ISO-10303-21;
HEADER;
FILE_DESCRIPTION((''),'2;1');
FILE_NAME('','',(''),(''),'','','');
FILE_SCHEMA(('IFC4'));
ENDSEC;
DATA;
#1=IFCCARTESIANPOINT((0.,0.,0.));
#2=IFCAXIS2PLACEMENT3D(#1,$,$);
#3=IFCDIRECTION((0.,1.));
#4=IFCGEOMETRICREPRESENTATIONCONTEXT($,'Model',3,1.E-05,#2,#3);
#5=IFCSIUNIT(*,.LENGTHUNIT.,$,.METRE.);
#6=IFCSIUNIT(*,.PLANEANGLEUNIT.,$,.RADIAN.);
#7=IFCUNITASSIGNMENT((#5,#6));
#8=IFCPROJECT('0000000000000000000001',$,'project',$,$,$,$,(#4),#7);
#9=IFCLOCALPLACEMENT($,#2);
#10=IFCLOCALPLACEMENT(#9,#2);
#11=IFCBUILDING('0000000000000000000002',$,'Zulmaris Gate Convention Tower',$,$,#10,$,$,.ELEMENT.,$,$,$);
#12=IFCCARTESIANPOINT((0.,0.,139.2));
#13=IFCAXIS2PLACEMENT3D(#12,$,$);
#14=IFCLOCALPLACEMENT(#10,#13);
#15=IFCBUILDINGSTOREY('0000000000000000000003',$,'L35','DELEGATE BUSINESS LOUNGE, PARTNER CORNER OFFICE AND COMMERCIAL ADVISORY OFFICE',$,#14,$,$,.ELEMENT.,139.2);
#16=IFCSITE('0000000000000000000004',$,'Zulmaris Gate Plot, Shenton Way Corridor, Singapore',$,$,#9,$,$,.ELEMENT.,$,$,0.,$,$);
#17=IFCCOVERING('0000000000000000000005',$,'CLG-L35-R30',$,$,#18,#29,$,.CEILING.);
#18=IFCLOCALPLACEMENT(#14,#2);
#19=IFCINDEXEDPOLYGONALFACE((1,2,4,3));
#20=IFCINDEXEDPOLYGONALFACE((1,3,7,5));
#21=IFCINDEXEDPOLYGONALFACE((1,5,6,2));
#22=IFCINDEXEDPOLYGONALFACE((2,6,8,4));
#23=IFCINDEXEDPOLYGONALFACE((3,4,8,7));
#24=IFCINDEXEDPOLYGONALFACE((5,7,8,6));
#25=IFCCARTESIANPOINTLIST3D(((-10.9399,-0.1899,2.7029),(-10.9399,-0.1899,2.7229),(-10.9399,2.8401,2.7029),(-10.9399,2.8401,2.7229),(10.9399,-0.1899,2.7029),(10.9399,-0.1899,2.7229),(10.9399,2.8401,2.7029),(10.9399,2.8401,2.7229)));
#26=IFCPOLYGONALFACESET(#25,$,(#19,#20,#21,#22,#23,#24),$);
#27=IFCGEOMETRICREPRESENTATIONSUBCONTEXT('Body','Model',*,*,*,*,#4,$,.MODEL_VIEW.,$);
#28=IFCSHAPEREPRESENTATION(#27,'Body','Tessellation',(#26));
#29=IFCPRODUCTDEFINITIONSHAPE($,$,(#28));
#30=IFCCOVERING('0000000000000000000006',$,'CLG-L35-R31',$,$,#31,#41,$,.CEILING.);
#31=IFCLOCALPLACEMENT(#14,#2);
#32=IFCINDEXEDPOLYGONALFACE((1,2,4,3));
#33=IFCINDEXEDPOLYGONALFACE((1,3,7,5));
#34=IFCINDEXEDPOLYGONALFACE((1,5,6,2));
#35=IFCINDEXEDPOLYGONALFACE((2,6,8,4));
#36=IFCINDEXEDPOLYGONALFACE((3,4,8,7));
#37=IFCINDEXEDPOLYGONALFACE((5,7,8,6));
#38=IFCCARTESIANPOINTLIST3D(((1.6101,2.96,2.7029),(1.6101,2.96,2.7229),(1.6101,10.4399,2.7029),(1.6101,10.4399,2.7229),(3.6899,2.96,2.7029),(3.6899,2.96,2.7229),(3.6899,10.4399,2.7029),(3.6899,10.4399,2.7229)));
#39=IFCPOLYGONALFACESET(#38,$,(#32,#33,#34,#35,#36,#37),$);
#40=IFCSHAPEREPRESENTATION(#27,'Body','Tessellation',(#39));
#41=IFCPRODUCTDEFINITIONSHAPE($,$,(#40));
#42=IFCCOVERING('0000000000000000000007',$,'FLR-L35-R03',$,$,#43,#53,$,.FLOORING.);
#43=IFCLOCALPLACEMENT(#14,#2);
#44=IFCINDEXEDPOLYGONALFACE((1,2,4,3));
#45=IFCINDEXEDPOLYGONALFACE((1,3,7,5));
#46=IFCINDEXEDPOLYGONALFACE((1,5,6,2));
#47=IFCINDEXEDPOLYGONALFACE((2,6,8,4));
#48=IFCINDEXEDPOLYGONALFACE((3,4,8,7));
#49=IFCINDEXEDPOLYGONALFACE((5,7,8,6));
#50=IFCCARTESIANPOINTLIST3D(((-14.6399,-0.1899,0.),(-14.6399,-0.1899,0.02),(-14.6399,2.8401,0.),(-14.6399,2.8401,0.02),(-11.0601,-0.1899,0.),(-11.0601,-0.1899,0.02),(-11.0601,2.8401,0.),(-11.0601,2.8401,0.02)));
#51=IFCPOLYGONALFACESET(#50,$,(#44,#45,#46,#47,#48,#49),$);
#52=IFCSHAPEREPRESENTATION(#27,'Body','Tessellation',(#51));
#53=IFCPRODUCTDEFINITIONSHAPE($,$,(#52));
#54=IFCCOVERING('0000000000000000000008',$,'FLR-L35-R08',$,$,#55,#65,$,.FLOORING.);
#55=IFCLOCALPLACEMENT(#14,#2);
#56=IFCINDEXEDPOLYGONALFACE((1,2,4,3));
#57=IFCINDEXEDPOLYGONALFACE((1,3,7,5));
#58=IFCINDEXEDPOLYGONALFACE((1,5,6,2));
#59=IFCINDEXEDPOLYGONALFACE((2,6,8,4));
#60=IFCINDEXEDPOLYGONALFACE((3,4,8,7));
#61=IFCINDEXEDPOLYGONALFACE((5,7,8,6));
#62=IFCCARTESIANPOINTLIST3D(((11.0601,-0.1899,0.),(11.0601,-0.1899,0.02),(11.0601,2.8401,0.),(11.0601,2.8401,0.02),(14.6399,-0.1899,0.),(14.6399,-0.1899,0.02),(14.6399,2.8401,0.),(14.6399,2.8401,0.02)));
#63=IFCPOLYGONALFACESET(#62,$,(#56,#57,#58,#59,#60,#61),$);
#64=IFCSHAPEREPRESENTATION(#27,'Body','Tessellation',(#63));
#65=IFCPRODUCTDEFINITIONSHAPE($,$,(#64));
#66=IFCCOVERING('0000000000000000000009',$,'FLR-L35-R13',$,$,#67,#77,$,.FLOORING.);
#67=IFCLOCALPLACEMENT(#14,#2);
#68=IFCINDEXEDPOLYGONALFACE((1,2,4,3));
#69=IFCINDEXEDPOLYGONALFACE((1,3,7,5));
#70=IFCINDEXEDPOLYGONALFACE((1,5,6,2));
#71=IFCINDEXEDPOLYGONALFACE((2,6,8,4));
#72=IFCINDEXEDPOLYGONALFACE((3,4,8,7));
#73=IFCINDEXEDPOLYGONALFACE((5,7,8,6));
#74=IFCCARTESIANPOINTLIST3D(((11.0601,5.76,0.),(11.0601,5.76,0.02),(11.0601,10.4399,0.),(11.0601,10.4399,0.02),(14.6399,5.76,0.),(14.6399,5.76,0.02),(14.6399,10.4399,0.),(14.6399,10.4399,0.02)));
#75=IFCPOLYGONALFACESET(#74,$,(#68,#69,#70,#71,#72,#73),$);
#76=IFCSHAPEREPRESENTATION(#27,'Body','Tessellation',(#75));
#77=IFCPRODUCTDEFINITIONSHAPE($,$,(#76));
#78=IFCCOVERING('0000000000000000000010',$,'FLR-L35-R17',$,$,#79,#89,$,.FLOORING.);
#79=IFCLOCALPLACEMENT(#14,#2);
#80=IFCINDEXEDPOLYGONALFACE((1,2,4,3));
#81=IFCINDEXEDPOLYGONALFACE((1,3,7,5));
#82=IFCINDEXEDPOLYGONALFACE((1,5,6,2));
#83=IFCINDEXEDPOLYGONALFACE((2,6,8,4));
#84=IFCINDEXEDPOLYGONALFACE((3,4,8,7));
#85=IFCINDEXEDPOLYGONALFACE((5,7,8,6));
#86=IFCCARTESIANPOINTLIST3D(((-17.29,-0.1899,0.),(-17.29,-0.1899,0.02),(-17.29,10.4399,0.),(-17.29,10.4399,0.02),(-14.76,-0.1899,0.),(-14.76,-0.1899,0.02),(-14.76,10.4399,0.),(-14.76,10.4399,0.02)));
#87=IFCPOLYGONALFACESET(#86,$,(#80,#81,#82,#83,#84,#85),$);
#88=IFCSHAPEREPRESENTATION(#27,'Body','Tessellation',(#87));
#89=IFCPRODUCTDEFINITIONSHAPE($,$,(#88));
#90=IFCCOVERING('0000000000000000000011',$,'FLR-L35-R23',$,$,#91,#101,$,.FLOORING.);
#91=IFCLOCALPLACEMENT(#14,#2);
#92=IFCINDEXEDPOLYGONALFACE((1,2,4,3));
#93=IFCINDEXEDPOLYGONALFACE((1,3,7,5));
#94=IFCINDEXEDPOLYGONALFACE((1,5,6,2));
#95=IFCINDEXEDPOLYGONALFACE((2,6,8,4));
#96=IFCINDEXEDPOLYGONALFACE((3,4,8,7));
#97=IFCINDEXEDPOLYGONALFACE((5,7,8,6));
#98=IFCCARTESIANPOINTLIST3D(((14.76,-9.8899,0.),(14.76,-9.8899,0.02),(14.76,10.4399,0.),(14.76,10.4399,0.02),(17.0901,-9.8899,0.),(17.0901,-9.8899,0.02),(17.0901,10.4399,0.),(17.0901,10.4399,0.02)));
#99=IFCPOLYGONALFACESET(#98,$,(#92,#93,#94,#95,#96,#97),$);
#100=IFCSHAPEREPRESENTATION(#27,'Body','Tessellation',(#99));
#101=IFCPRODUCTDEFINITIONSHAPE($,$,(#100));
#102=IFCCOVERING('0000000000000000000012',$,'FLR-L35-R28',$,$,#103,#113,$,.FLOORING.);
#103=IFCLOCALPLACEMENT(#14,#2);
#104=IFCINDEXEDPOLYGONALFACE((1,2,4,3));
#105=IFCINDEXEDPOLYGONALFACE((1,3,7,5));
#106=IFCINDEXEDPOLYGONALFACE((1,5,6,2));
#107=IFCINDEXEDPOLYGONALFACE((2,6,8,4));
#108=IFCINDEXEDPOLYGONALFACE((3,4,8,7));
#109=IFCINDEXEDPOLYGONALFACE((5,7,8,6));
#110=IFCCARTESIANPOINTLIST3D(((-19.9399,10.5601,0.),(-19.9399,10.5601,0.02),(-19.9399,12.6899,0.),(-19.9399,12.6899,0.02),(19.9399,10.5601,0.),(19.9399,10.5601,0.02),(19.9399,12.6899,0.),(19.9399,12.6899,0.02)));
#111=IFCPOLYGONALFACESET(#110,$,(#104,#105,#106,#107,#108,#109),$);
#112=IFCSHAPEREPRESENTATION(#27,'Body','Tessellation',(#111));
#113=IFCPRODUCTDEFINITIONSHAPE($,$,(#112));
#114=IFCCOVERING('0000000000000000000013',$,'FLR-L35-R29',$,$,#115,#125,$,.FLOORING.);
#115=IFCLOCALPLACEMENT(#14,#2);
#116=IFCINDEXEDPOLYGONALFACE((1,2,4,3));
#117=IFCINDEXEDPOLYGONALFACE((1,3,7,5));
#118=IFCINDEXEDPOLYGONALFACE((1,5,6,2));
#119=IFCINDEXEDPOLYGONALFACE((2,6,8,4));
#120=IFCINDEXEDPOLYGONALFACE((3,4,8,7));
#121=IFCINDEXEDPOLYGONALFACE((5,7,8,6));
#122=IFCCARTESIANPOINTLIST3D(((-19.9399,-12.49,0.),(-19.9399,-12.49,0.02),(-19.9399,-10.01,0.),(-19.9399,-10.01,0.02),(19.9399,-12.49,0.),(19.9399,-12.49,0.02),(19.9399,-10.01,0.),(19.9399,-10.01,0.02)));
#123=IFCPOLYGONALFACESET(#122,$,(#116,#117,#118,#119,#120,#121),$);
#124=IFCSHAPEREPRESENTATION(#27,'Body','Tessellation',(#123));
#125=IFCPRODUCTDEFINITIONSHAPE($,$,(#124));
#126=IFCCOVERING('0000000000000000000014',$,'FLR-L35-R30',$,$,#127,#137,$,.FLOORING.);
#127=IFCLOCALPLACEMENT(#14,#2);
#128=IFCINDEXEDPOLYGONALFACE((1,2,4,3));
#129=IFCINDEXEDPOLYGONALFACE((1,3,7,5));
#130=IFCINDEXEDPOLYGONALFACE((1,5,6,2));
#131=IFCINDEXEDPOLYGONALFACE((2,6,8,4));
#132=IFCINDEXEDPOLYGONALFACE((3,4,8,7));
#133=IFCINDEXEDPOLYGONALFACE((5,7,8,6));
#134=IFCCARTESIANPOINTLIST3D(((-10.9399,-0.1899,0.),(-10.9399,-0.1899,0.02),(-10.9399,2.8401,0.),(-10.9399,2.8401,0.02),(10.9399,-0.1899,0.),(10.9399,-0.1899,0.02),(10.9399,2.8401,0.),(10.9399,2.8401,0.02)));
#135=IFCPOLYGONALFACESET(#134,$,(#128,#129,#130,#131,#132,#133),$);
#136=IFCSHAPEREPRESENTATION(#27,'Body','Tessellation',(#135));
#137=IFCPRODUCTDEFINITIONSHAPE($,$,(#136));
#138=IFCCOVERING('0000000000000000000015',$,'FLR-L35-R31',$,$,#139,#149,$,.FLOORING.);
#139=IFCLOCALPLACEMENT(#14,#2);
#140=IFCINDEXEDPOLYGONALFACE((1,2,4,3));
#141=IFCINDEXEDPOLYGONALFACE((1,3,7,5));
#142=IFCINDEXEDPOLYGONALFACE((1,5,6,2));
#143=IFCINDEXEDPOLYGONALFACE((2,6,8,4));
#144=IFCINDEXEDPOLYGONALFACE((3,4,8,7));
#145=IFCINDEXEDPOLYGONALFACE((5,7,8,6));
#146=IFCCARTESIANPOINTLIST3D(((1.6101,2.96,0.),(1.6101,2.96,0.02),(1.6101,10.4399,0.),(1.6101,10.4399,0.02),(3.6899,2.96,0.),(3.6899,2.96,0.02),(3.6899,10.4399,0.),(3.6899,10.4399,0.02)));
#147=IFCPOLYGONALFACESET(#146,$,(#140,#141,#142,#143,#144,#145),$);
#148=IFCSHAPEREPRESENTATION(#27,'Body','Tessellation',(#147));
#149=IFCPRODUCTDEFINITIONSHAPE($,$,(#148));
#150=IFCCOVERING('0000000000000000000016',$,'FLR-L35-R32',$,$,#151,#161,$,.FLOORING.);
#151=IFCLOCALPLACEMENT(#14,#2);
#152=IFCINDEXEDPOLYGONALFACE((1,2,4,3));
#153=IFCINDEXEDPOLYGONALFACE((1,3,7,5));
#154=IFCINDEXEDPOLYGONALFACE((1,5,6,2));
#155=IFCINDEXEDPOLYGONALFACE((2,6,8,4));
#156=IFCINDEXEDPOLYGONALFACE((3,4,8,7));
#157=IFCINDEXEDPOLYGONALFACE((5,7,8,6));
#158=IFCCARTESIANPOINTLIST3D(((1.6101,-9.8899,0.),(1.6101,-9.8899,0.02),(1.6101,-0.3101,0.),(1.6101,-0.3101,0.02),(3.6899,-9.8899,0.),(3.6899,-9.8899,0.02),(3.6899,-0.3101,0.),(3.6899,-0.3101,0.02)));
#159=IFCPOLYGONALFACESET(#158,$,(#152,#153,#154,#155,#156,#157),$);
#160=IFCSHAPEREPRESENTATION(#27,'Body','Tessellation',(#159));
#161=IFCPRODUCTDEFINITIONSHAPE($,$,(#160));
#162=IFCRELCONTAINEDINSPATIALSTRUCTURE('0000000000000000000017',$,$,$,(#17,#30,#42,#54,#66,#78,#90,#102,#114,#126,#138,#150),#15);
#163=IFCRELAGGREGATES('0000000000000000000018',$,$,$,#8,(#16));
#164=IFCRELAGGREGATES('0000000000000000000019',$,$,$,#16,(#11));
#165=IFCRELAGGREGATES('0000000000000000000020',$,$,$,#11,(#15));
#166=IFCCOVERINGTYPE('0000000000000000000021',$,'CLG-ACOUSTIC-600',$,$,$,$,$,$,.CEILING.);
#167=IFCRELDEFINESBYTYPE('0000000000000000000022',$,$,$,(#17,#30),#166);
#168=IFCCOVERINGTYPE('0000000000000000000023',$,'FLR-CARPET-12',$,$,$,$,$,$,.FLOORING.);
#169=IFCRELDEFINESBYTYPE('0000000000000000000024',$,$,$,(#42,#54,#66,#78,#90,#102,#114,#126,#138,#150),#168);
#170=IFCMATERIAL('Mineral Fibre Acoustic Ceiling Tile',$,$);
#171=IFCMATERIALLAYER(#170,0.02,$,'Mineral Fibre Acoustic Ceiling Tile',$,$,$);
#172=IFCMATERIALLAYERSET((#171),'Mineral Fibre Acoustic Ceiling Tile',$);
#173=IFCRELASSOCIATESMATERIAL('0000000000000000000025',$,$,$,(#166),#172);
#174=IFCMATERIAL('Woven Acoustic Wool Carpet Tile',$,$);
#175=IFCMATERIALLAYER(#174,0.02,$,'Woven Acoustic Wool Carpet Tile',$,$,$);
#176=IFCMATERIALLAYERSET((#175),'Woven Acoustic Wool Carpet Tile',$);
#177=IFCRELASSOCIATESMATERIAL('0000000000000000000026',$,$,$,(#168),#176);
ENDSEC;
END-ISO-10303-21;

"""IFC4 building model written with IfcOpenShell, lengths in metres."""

from ifc_helpers import new_model, si_unit, direction, frame, origin, place, context, subcontext, project, spatial, polyline, outline, extrude, material, layer, layer_set, type_object, element, save


model = new_model("IFC4")

# Units and contexts
model_context = context("Model", 3, precision=1e-05, world=origin(), true_north=direction((0.0, 1.0)))
body_context = subcontext(model_context, "Body", "Model", "MODEL_VIEW")
ifc_project = project(units=[si_unit("LENGTHUNIT", "METRE"), si_unit("PLANEANGLEUNIT", "RADIAN")], contexts=[model_context])

# Site, building, storey
site_placement = place(None, origin())
site = spatial("IfcSite", under=ifc_project, at=site_placement, Name="Zulmaris Gate Plot, Shenton Way Corridor, Singapore", CompositionType="ELEMENT", RefElevation=0.0)
building_placement = place(site_placement, origin())
building = spatial("IfcBuilding", under=site, at=building_placement, Name="Zulmaris Gate Convention Tower", CompositionType="ELEMENT")
storey_placement = place(building_placement, frame((0.0, 0.0, 139.2)))
storey = spatial("IfcBuildingStorey", under=building, at=storey_placement, Name="L35", Description="DELEGATE BUSINESS LOUNGE, PARTNER CORNER OFFICE AND COMMERCIAL ADVISORY OFFICE", CompositionType="ELEMENT", Elevation=139.2)

# Coverings
ifc_material_1 = material(Name="Mineral Fibre Acoustic Ceiling Tile")
ifc_layer_1 = layer(ifc_material_1, 0.02, Name="Mineral Fibre Acoustic Ceiling Tile")
ifc_layer_set_1 = layer_set([ifc_layer_1], Name="Mineral Fibre Acoustic Ceiling Tile")
covering_type_1 = type_object("IfcCoveringType", Name="CLG-ACOUSTIC-600", PredefinedType="CEILING", material=ifc_layer_set_1)
covering_1_placement = place(storey_placement, frame((0.0, 0.0, 2.7029)))
element("IfcCovering", 1, at=covering_1_placement, inside=storey, type_object=covering_type_1, Name="CLG-L35-R30", PredefinedType="CEILING", context=body_context, shape_type="SweptSolid", body=[
    extrude(outline(polyline([(-10.9399, -0.1899), (10.9399, -0.1899), (10.9399, 2.8401), (-10.9399, 2.8401), (-10.9399, -0.1899)])), origin(), (0.0, 0.0, 1.0), 0.02),
])
covering_2_placement = place(storey_placement, frame((0.0, 0.0, 2.7029)))
element("IfcCovering", 2, at=covering_2_placement, inside=storey, type_object=covering_type_1, Name="CLG-L35-R31", PredefinedType="CEILING", context=body_context, shape_type="SweptSolid", body=[
    extrude(outline(polyline([(1.6101, 2.96), (3.6899, 2.96), (3.6899, 10.4399), (1.6101, 10.4399), (1.6101, 2.96)])), origin(), (0.0, 0.0, 1.0), 0.02),
])
ifc_material_2 = material(Name="Woven Acoustic Wool Carpet Tile")
ifc_layer_2 = layer(ifc_material_2, 0.02, Name="Woven Acoustic Wool Carpet Tile")
ifc_layer_set_2 = layer_set([ifc_layer_2], Name="Woven Acoustic Wool Carpet Tile")
covering_type_2 = type_object("IfcCoveringType", Name="FLR-CARPET-12", PredefinedType="FLOORING", material=ifc_layer_set_2)
covering_3_placement = place(storey_placement, origin())
element("IfcCovering", 3, at=covering_3_placement, inside=storey, type_object=covering_type_2, Name="FLR-L35-R03", PredefinedType="FLOORING", context=body_context, shape_type="SweptSolid", body=[
    extrude(outline(polyline([(-14.6399, -0.1899), (-11.0601, -0.1899), (-11.0601, 2.8401), (-14.6399, 2.8401), (-14.6399, -0.1899)])), origin(), (0.0, 0.0, 1.0), 0.02),
])
covering_4_placement = place(storey_placement, origin())
element("IfcCovering", 4, at=covering_4_placement, inside=storey, type_object=covering_type_2, Name="FLR-L35-R08", PredefinedType="FLOORING", context=body_context, shape_type="SweptSolid", body=[
    extrude(outline(polyline([(11.0601, -0.1899), (14.6399, -0.1899), (14.6399, 2.8401), (11.0601, 2.8401), (11.0601, -0.1899)])), origin(), (0.0, 0.0, 1.0), 0.02),
])
covering_5_placement = place(storey_placement, origin())
element("IfcCovering", 5, at=covering_5_placement, inside=storey, type_object=covering_type_2, Name="FLR-L35-R13", PredefinedType="FLOORING", context=body_context, shape_type="SweptSolid", body=[
    extrude(outline(polyline([(11.0601, 5.76), (14.6399, 5.76), (14.6399, 10.4399), (11.0601, 10.4399), (11.0601, 5.76)])), origin(), (0.0, 0.0, 1.0), 0.02),
])
covering_6_placement = place(storey_placement, origin())
element("IfcCovering", 6, at=covering_6_placement, inside=storey, type_object=covering_type_2, Name="FLR-L35-R17", PredefinedType="FLOORING", context=body_context, shape_type="SweptSolid", body=[
    extrude(outline(polyline([(-17.29, -0.1899), (-14.76, -0.1899), (-14.76, 10.4399), (-17.29, 10.4399), (-17.29, -0.1899)])), origin(), (0.0, 0.0, 1.0), 0.02),
])
covering_7_placement = place(storey_placement, origin())
element("IfcCovering", 7, at=covering_7_placement, inside=storey, type_object=covering_type_2, Name="FLR-L35-R23", PredefinedType="FLOORING", context=body_context, shape_type="SweptSolid", body=[
    extrude(outline(polyline([(14.76, -9.8899), (17.0901, -9.8899), (17.0901, 10.4399), (14.76, 10.4399), (14.76, -9.8899)])), origin(), (0.0, 0.0, 1.0), 0.02),
])
covering_8_placement = place(storey_placement, origin())
element("IfcCovering", 8, at=covering_8_placement, inside=storey, type_object=covering_type_2, Name="FLR-L35-R28", PredefinedType="FLOORING", context=body_context, shape_type="SweptSolid", body=[
    extrude(outline(polyline([(-19.9399, 10.5601), (19.9399, 10.5601), (19.9399, 12.6899), (-19.9399, 12.6899), (-19.9399, 10.5601)])), origin(), (0.0, 0.0, 1.0), 0.02),
])
covering_9_placement = place(storey_placement, origin())
element("IfcCovering", 9, at=covering_9_placement, inside=storey, type_object=covering_type_2, Name="FLR-L35-R29", PredefinedType="FLOORING", context=body_context, shape_type="SweptSolid", body=[
    extrude(outline(polyline([(-19.9399, -12.49), (19.9399, -12.49), (19.9399, -10.01), (-19.9399, -10.01), (-19.9399, -12.49)])), origin(), (0.0, 0.0, 1.0), 0.02),
])
covering_10_placement = place(storey_placement, origin())
element("IfcCovering", 10, at=covering_10_placement, inside=storey, type_object=covering_type_2, Name="FLR-L35-R30", PredefinedType="FLOORING", context=body_context, shape_type="SweptSolid", body=[
    extrude(outline(polyline([(-10.9399, -0.1899), (10.9399, -0.1899), (10.9399, 2.8401), (-10.9399, 2.8401), (-10.9399, -0.1899)])), origin(), (0.0, 0.0, 1.0), 0.02),
])
covering_11_placement = place(storey_placement, origin())
element("IfcCovering", 11, at=covering_11_placement, inside=storey, type_object=covering_type_2, Name="FLR-L35-R31", PredefinedType="FLOORING", context=body_context, shape_type="SweptSolid", body=[
    extrude(outline(polyline([(1.6101, 2.96), (3.6899, 2.96), (3.6899, 10.4399), (1.6101, 10.4399), (1.6101, 2.96)])), origin(), (0.0, 0.0, 1.0), 0.02),
])
covering_12_placement = place(storey_placement, origin())
element("IfcCovering", 12, at=covering_12_placement, inside=storey, type_object=covering_type_2, Name="FLR-L35-R32", PredefinedType="FLOORING", context=body_context, shape_type="SweptSolid", body=[
    extrude(outline(polyline([(1.6101, -9.8899), (3.6899, -9.8899), (3.6899, -0.3101), (1.6101, -0.3101), (1.6101, -9.8899)])), origin(), (0.0, 0.0, 1.0), 0.02),
])

save(model, "model.ifc")
